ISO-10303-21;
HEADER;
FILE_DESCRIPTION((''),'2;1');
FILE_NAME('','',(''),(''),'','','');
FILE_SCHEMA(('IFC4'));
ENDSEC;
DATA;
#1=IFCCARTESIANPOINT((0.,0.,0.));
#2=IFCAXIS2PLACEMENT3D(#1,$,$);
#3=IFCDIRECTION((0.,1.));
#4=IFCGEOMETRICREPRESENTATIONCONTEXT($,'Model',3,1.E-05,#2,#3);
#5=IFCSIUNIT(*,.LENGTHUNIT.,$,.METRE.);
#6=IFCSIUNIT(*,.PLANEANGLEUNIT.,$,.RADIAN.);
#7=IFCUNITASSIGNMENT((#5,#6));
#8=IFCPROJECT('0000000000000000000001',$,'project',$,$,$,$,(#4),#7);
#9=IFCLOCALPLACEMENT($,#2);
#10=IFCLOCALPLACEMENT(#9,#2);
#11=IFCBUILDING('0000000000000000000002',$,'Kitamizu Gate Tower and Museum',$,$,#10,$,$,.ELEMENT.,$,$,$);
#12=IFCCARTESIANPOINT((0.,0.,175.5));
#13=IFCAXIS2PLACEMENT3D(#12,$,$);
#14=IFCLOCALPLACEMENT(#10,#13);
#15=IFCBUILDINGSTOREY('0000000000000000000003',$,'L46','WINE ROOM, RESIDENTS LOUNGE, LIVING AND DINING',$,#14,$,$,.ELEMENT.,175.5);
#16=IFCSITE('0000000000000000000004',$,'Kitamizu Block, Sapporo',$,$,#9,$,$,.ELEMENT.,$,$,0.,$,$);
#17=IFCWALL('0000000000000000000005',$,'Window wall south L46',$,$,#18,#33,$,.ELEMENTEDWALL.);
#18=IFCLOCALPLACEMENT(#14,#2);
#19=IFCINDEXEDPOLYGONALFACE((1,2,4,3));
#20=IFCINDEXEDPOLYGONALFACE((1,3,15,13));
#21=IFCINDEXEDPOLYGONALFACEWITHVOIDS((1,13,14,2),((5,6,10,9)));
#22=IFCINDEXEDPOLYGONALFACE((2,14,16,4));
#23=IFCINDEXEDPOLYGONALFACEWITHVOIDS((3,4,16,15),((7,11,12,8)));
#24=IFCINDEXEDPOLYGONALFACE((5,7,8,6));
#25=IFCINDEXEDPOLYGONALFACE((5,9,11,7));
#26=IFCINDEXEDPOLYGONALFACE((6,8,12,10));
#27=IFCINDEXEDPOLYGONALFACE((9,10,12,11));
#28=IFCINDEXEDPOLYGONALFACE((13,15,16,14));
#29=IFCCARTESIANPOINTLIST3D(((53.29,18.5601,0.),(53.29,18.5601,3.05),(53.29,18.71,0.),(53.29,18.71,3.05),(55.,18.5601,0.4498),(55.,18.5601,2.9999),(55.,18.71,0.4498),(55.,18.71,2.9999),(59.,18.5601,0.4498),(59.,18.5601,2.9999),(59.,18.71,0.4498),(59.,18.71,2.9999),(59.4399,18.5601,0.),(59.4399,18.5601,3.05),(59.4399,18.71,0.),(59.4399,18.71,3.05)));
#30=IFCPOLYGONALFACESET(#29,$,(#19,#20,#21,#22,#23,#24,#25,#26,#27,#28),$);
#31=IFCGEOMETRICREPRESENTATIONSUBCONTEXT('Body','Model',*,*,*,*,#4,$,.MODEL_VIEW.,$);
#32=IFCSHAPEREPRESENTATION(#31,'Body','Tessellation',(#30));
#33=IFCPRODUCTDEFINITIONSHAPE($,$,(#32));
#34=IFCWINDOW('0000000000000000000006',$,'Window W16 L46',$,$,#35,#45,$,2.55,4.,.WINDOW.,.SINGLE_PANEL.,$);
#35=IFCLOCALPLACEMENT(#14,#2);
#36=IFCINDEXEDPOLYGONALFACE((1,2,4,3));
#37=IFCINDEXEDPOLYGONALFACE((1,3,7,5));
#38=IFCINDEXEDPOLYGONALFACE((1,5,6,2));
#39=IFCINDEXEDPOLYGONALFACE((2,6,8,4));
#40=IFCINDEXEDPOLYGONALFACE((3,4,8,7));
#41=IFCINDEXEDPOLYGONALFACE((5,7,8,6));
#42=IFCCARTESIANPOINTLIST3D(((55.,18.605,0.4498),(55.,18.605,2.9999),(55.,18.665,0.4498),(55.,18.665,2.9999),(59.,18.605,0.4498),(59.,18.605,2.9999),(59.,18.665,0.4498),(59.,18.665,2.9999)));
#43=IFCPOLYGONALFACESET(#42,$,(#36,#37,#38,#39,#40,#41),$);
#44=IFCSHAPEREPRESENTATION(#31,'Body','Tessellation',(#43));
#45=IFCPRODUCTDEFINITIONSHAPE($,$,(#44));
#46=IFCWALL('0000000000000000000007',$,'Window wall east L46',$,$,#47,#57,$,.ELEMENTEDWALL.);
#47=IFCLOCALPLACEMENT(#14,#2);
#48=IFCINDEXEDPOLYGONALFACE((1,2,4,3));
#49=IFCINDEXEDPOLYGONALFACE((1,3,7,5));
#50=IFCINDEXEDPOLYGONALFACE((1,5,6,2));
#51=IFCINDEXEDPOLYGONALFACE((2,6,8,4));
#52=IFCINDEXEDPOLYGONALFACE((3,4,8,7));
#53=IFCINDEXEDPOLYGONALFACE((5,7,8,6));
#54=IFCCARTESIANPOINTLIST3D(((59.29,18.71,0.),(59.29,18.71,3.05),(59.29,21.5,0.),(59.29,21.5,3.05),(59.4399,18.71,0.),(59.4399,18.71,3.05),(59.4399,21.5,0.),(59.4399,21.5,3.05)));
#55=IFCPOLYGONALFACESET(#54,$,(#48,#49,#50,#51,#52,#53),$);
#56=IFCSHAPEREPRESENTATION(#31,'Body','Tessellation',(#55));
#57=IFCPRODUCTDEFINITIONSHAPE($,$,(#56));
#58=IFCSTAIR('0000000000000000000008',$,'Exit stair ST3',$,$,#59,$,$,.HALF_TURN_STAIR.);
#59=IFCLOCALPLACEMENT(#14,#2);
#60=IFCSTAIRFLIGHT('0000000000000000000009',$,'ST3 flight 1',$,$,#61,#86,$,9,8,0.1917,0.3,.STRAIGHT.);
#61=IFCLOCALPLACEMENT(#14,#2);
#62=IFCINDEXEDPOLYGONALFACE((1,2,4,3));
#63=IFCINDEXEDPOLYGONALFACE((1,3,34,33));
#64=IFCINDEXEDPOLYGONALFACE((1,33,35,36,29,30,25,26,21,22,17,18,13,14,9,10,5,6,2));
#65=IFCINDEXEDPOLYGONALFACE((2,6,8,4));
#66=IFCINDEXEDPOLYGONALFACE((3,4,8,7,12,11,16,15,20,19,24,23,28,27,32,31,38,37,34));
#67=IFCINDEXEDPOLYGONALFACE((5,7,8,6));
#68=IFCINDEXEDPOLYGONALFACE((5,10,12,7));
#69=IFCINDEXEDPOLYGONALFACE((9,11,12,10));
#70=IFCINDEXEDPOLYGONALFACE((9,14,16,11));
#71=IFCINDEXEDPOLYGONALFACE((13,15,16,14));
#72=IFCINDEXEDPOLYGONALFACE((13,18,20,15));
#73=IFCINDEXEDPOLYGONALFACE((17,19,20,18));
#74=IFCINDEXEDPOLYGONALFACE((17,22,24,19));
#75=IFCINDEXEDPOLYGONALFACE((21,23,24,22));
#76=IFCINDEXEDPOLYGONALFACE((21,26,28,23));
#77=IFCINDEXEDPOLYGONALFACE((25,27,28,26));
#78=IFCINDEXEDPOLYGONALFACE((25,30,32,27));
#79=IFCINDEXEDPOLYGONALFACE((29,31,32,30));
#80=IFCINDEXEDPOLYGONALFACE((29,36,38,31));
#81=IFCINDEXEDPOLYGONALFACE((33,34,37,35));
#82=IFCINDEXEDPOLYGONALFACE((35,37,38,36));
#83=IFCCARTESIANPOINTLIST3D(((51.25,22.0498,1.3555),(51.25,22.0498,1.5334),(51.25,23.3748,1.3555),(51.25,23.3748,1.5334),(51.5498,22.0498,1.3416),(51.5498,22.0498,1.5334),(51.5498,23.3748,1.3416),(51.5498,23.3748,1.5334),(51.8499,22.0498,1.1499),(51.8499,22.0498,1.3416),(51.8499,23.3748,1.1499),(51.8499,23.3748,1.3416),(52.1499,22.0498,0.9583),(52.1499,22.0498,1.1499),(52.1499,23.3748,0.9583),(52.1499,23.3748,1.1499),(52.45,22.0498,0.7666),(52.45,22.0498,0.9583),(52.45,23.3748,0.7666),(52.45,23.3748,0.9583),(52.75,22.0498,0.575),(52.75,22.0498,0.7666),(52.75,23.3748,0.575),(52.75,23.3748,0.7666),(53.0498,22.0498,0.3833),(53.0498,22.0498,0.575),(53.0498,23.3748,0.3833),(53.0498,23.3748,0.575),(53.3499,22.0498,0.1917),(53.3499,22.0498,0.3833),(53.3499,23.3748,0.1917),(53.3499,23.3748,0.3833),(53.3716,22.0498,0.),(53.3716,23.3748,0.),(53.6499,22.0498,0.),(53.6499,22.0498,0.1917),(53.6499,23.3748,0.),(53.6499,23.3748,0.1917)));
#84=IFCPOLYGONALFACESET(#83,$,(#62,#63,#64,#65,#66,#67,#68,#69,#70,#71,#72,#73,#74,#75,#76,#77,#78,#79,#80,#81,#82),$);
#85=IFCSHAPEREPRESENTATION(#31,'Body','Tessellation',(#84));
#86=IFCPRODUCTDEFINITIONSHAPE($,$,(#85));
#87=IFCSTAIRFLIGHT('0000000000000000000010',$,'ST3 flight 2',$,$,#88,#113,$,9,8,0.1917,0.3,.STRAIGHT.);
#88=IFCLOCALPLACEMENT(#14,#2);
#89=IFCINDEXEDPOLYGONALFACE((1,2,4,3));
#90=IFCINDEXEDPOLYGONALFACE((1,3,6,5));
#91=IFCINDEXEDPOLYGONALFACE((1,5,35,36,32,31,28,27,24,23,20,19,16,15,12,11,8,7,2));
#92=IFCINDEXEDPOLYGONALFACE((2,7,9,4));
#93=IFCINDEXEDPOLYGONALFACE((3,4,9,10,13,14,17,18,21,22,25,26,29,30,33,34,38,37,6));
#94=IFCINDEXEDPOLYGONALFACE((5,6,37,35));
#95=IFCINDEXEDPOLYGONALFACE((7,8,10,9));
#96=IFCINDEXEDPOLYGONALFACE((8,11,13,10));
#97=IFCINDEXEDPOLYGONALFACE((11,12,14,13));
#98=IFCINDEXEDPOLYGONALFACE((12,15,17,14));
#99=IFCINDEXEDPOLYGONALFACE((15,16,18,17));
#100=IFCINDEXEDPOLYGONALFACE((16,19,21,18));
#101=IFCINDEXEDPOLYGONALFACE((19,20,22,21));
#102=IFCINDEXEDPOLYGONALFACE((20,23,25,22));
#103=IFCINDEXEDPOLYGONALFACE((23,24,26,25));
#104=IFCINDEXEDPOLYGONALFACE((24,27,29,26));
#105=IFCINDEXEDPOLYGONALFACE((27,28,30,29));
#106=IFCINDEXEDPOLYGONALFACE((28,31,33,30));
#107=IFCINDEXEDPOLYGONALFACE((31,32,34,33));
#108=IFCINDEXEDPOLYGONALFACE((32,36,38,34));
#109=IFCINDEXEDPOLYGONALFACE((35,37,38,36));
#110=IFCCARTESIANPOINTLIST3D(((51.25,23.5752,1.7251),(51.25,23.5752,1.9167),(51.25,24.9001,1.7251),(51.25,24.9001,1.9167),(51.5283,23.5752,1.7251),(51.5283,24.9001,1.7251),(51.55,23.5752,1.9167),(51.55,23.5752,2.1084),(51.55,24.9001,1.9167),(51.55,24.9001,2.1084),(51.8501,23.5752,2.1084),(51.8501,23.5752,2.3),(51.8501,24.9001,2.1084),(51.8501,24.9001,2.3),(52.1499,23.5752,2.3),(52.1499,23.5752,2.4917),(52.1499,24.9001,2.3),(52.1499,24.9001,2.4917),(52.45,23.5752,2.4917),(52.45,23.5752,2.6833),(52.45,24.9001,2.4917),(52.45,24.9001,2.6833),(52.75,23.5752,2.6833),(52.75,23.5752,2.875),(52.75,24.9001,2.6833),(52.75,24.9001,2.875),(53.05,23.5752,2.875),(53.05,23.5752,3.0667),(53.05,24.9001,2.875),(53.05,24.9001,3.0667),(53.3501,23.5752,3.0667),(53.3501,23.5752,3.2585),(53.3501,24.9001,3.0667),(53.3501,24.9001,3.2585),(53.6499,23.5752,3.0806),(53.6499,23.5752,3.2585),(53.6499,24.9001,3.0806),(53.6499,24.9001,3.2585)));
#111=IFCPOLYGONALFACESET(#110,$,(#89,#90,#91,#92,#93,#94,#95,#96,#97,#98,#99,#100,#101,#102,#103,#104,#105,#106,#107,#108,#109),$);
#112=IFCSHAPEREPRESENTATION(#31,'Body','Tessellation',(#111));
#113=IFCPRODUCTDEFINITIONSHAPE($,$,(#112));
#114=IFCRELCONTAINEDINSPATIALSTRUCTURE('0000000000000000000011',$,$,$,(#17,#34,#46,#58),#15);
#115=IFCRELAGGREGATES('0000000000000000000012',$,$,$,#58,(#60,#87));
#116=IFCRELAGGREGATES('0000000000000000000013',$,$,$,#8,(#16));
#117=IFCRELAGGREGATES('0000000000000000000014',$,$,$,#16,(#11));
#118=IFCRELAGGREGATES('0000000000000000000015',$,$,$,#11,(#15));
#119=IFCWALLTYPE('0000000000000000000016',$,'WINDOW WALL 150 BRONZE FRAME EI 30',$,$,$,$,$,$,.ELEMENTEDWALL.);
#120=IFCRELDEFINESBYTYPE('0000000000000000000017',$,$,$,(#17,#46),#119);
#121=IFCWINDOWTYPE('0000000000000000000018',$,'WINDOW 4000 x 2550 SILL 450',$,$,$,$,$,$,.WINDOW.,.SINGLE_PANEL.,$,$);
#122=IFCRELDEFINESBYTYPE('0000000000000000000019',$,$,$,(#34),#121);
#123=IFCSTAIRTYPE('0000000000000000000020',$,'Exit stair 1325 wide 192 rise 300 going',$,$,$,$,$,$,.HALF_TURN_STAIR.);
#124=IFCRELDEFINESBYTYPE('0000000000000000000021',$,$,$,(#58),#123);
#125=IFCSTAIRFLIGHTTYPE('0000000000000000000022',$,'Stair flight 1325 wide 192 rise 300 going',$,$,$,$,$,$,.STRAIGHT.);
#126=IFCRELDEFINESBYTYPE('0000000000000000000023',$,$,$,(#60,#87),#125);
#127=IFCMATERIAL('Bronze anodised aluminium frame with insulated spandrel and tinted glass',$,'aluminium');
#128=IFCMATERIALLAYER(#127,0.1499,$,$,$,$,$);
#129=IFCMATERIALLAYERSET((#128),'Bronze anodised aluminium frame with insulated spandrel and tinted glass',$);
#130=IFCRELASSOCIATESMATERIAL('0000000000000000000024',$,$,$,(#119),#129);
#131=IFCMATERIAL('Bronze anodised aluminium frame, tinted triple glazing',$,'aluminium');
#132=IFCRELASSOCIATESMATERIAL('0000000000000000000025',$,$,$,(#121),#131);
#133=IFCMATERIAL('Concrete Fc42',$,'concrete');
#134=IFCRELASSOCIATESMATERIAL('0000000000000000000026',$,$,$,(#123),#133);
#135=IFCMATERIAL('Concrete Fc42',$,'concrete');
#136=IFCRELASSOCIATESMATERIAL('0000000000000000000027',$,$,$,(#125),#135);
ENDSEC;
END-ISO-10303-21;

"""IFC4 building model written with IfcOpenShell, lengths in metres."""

from ifc_helpers import new_model, si_unit, direction, frame, frame_2d, origin, place, context, subcontext, project, spatial, polyline, rectangle, outline, extrude, material, layer, layer_set, type_object, element, fill, aggregate, save


model = new_model("IFC4")

# Units and contexts
model_context = context("Model", 3, precision=1e-05, world=origin(), true_north=direction((0.0, 1.0)))
body_context = subcontext(model_context, "Body", "Model", "MODEL_VIEW")
ifc_project = project(units=[si_unit("LENGTHUNIT", "METRE"), si_unit("PLANEANGLEUNIT", "RADIAN")], contexts=[model_context])

# Site, building, storey
site_placement = place(None, origin())
site = spatial("IfcSite", under=ifc_project, at=site_placement, Name="Kitamizu Block, Sapporo", CompositionType="ELEMENT", RefElevation=0.0)
building_placement = place(site_placement, origin())
building = spatial("IfcBuilding", under=site, at=building_placement, Name="Kitamizu Gate Tower and Museum", CompositionType="ELEMENT")
storey_placement = place(building_placement, frame((0.0, 0.0, 175.5)))
storey = spatial("IfcBuildingStorey", under=building, at=storey_placement, Name="L46", Description="WINE ROOM, RESIDENTS LOUNGE, LIVING AND DINING", CompositionType="ELEMENT", Elevation=175.5)

# Wall, opening, window
ifc_material_1 = material(Name="Bronze anodised aluminium frame with insulated spandrel and tinted glass", Category="aluminium")
ifc_layer_1 = layer(ifc_material_1, 0.1499)
ifc_layer_set_1 = layer_set([ifc_layer_1], Name="Bronze anodised aluminium frame with insulated spandrel and tinted glass")
wall_type_1 = type_object("IfcWallType", Name="WINDOW WALL 150 BRONZE FRAME EI 30", PredefinedType="ELEMENTEDWALL", material=ifc_layer_set_1)
wall_1_placement = place(storey_placement, frame((53.29, 18.635, 0.0), z_axis=(0.0, 0.0, 1.0), x_axis=(1.0, 0.0, 0.0)))
wall_1 = element("IfcWall", 1, at=wall_1_placement, inside=storey, type_object=wall_type_1, Name="Window wall south L46", PredefinedType="ELEMENTEDWALL", context=body_context, shape_type="SweptSolid", body=[
    extrude(rectangle(XDim=6.1499, YDim=0.1499, at=frame_2d((3.075, 0.0))), origin(), (0.0, 0.0, 1.0), 3.05),
])
opening_1_placement = place(wall_1_placement, frame((1.71, 0.0, 0.45)))
opening_1 = element("IfcOpeningElement", 2, at=opening_1_placement, cuts=wall_1, PredefinedType="OPENING", context=body_context, shape_type="SweptSolid", body=[
    extrude(rectangle(XDim=4.0, YDim=2.55, at=frame_2d((2.0, 1.2749))), frame((0.0, 0.085, 0.0), z_axis=(0.0, -1.0, 0.0), x_axis=(1.0, 0.0, 0.0)), (0.0, 0.0, 1.0), 0.1699),
])
ifc_material_2 = material(Name="Bronze anodised aluminium frame, tinted triple glazing", Category="aluminium")
window_type = type_object("IfcWindowType", Name="WINDOW 4000 x 2550 SILL 450", PartitioningType="SINGLE_PANEL", PredefinedType="WINDOW", material=ifc_material_2)
window_placement = place(opening_1_placement, origin())
window = element("IfcWindow", 3, at=window_placement, inside=storey, type_object=window_type, Name="Window W16 L46", OverallHeight=2.55, OverallWidth=4.0, PartitioningType="SINGLE_PANEL", PredefinedType="WINDOW", context=body_context, shape_type="SweptSolid", body=[
    extrude(rectangle(XDim=4.0, YDim=2.55, at=frame_2d((2.0, 1.2749))), frame((0.0, 0.03, 0.0), z_axis=(0.0, -1.0, 0.0), x_axis=(1.0, 0.0, 0.0)), (0.0, 0.0, 1.0), 0.0601),
])
fill(opening_1, window)

# Wall
wall_2_placement = place(storey_placement, frame((59.365, 18.71, 0.0), z_axis=(0.0, 0.0, 1.0), x_axis=(0.0, 1.0, 0.0)))
element("IfcWall", 4, at=wall_2_placement, inside=storey, type_object=wall_type_1, Name="Window wall east L46", PredefinedType="ELEMENTEDWALL", context=body_context, shape_type="SweptSolid", body=[
    extrude(rectangle(XDim=2.79, YDim=0.1499, at=frame_2d((1.395, 0.0))), origin(), (0.0, 0.0, 1.0), 3.05),
])

# Stair, stair flights
ifc_material_3 = material(Name="Concrete Fc42", Category="concrete")
stair_type = type_object("IfcStairType", Name="Exit stair 1325 wide 192 rise 300 going", PredefinedType="HALF_TURN_STAIR", material=ifc_material_3)
stair_placement = place(storey_placement, origin())
stair = element("IfcStair", 5, at=stair_placement, inside=storey, type_object=stair_type, Name="Exit stair ST3", PredefinedType="HALF_TURN_STAIR")
ifc_material_4 = material(Name="Concrete Fc42", Category="concrete")
stair_flight_type = type_object("IfcStairFlightType", Name="Stair flight 1325 wide 192 rise 300 going", PredefinedType="STRAIGHT", material=ifc_material_4)
stair_flight_1_placement = place(storey_placement, frame((53.6499, 22.7124, 0.0), z_axis=(0.0, 0.0, 1.0), x_axis=(-1.0, 0.0, 0.0)))
stair_flight_1 = element("IfcStairFlight", 6, at=stair_flight_1_placement, type_object=stair_flight_type, Name="ST3 flight 1", NumberOfRisers=9, NumberOfTreads=8, PredefinedType="STRAIGHT", RiserHeight=0.1917, TreadLength=0.3, context=body_context, shape_type="SweptSolid", body=[
    extrude(outline(polyline([(0.0, 0.0), (0.0, 0.1917), (0.3, 0.1917), (0.3, 0.3833), (0.6001, 0.3833), (0.6001, 0.575), (0.8999, 0.575), (0.8999, 0.7666), (1.2, 0.7666), (1.2, 0.9583), (1.5, 0.9583), (1.5, 1.1499), (1.8, 1.1499), (1.8, 1.3416), (2.1001, 1.3416), (2.1001, 1.5334), (2.3999, 1.5334), (2.3999, 1.7251), (2.3999, 1.3555), (0.2783, 0.0), (0.0, 0.0)])), frame((0.0, 0.6626, 0.0), z_axis=(0.0, -1.0, 0.0), x_axis=(1.0, 0.0, 0.0)), (0.0, 0.0, 1.0), 1.325),
])
stair_flight_2_placement = place(storey_placement, frame((51.25, 24.2375, 1.7251), z_axis=(0.0, 0.0, 1.0), x_axis=(1.0, 0.0, 0.0)))
stair_flight_2 = element("IfcStairFlight", 7, at=stair_flight_2_placement, type_object=stair_flight_type, Name="ST3 flight 2", NumberOfRisers=9, NumberOfTreads=8, PredefinedType="STRAIGHT", RiserHeight=0.1917, TreadLength=0.3, context=body_context, shape_type="SweptSolid", body=[
    extrude(outline(polyline([(0.0, 0.0), (0.0, 0.1917), (0.3, 0.1917), (0.3, 0.3833), (0.6001, 0.3833), (0.6001, 0.575), (0.8999, 0.575), (0.8999, 0.7666), (1.2, 0.7666), (1.2, 0.9583), (1.5, 0.9583), (1.5, 1.1499), (1.8, 1.1499), (1.8, 1.3416), (2.1001, 1.3416), (2.1001, 1.5334), (2.3999, 1.5334), (2.3999, 1.7251), (2.3999, 1.3555), (0.2783, 0.0), (0.0, 0.0)])), frame((0.0, 0.6626, 0.0), z_axis=(0.0, -1.0, 0.0), x_axis=(1.0, 0.0, 0.0)), (0.0, 0.0, 1.0), 1.325),
])
aggregate(stair, [stair_flight_1, stair_flight_2])

save(model, "model.ifc")
